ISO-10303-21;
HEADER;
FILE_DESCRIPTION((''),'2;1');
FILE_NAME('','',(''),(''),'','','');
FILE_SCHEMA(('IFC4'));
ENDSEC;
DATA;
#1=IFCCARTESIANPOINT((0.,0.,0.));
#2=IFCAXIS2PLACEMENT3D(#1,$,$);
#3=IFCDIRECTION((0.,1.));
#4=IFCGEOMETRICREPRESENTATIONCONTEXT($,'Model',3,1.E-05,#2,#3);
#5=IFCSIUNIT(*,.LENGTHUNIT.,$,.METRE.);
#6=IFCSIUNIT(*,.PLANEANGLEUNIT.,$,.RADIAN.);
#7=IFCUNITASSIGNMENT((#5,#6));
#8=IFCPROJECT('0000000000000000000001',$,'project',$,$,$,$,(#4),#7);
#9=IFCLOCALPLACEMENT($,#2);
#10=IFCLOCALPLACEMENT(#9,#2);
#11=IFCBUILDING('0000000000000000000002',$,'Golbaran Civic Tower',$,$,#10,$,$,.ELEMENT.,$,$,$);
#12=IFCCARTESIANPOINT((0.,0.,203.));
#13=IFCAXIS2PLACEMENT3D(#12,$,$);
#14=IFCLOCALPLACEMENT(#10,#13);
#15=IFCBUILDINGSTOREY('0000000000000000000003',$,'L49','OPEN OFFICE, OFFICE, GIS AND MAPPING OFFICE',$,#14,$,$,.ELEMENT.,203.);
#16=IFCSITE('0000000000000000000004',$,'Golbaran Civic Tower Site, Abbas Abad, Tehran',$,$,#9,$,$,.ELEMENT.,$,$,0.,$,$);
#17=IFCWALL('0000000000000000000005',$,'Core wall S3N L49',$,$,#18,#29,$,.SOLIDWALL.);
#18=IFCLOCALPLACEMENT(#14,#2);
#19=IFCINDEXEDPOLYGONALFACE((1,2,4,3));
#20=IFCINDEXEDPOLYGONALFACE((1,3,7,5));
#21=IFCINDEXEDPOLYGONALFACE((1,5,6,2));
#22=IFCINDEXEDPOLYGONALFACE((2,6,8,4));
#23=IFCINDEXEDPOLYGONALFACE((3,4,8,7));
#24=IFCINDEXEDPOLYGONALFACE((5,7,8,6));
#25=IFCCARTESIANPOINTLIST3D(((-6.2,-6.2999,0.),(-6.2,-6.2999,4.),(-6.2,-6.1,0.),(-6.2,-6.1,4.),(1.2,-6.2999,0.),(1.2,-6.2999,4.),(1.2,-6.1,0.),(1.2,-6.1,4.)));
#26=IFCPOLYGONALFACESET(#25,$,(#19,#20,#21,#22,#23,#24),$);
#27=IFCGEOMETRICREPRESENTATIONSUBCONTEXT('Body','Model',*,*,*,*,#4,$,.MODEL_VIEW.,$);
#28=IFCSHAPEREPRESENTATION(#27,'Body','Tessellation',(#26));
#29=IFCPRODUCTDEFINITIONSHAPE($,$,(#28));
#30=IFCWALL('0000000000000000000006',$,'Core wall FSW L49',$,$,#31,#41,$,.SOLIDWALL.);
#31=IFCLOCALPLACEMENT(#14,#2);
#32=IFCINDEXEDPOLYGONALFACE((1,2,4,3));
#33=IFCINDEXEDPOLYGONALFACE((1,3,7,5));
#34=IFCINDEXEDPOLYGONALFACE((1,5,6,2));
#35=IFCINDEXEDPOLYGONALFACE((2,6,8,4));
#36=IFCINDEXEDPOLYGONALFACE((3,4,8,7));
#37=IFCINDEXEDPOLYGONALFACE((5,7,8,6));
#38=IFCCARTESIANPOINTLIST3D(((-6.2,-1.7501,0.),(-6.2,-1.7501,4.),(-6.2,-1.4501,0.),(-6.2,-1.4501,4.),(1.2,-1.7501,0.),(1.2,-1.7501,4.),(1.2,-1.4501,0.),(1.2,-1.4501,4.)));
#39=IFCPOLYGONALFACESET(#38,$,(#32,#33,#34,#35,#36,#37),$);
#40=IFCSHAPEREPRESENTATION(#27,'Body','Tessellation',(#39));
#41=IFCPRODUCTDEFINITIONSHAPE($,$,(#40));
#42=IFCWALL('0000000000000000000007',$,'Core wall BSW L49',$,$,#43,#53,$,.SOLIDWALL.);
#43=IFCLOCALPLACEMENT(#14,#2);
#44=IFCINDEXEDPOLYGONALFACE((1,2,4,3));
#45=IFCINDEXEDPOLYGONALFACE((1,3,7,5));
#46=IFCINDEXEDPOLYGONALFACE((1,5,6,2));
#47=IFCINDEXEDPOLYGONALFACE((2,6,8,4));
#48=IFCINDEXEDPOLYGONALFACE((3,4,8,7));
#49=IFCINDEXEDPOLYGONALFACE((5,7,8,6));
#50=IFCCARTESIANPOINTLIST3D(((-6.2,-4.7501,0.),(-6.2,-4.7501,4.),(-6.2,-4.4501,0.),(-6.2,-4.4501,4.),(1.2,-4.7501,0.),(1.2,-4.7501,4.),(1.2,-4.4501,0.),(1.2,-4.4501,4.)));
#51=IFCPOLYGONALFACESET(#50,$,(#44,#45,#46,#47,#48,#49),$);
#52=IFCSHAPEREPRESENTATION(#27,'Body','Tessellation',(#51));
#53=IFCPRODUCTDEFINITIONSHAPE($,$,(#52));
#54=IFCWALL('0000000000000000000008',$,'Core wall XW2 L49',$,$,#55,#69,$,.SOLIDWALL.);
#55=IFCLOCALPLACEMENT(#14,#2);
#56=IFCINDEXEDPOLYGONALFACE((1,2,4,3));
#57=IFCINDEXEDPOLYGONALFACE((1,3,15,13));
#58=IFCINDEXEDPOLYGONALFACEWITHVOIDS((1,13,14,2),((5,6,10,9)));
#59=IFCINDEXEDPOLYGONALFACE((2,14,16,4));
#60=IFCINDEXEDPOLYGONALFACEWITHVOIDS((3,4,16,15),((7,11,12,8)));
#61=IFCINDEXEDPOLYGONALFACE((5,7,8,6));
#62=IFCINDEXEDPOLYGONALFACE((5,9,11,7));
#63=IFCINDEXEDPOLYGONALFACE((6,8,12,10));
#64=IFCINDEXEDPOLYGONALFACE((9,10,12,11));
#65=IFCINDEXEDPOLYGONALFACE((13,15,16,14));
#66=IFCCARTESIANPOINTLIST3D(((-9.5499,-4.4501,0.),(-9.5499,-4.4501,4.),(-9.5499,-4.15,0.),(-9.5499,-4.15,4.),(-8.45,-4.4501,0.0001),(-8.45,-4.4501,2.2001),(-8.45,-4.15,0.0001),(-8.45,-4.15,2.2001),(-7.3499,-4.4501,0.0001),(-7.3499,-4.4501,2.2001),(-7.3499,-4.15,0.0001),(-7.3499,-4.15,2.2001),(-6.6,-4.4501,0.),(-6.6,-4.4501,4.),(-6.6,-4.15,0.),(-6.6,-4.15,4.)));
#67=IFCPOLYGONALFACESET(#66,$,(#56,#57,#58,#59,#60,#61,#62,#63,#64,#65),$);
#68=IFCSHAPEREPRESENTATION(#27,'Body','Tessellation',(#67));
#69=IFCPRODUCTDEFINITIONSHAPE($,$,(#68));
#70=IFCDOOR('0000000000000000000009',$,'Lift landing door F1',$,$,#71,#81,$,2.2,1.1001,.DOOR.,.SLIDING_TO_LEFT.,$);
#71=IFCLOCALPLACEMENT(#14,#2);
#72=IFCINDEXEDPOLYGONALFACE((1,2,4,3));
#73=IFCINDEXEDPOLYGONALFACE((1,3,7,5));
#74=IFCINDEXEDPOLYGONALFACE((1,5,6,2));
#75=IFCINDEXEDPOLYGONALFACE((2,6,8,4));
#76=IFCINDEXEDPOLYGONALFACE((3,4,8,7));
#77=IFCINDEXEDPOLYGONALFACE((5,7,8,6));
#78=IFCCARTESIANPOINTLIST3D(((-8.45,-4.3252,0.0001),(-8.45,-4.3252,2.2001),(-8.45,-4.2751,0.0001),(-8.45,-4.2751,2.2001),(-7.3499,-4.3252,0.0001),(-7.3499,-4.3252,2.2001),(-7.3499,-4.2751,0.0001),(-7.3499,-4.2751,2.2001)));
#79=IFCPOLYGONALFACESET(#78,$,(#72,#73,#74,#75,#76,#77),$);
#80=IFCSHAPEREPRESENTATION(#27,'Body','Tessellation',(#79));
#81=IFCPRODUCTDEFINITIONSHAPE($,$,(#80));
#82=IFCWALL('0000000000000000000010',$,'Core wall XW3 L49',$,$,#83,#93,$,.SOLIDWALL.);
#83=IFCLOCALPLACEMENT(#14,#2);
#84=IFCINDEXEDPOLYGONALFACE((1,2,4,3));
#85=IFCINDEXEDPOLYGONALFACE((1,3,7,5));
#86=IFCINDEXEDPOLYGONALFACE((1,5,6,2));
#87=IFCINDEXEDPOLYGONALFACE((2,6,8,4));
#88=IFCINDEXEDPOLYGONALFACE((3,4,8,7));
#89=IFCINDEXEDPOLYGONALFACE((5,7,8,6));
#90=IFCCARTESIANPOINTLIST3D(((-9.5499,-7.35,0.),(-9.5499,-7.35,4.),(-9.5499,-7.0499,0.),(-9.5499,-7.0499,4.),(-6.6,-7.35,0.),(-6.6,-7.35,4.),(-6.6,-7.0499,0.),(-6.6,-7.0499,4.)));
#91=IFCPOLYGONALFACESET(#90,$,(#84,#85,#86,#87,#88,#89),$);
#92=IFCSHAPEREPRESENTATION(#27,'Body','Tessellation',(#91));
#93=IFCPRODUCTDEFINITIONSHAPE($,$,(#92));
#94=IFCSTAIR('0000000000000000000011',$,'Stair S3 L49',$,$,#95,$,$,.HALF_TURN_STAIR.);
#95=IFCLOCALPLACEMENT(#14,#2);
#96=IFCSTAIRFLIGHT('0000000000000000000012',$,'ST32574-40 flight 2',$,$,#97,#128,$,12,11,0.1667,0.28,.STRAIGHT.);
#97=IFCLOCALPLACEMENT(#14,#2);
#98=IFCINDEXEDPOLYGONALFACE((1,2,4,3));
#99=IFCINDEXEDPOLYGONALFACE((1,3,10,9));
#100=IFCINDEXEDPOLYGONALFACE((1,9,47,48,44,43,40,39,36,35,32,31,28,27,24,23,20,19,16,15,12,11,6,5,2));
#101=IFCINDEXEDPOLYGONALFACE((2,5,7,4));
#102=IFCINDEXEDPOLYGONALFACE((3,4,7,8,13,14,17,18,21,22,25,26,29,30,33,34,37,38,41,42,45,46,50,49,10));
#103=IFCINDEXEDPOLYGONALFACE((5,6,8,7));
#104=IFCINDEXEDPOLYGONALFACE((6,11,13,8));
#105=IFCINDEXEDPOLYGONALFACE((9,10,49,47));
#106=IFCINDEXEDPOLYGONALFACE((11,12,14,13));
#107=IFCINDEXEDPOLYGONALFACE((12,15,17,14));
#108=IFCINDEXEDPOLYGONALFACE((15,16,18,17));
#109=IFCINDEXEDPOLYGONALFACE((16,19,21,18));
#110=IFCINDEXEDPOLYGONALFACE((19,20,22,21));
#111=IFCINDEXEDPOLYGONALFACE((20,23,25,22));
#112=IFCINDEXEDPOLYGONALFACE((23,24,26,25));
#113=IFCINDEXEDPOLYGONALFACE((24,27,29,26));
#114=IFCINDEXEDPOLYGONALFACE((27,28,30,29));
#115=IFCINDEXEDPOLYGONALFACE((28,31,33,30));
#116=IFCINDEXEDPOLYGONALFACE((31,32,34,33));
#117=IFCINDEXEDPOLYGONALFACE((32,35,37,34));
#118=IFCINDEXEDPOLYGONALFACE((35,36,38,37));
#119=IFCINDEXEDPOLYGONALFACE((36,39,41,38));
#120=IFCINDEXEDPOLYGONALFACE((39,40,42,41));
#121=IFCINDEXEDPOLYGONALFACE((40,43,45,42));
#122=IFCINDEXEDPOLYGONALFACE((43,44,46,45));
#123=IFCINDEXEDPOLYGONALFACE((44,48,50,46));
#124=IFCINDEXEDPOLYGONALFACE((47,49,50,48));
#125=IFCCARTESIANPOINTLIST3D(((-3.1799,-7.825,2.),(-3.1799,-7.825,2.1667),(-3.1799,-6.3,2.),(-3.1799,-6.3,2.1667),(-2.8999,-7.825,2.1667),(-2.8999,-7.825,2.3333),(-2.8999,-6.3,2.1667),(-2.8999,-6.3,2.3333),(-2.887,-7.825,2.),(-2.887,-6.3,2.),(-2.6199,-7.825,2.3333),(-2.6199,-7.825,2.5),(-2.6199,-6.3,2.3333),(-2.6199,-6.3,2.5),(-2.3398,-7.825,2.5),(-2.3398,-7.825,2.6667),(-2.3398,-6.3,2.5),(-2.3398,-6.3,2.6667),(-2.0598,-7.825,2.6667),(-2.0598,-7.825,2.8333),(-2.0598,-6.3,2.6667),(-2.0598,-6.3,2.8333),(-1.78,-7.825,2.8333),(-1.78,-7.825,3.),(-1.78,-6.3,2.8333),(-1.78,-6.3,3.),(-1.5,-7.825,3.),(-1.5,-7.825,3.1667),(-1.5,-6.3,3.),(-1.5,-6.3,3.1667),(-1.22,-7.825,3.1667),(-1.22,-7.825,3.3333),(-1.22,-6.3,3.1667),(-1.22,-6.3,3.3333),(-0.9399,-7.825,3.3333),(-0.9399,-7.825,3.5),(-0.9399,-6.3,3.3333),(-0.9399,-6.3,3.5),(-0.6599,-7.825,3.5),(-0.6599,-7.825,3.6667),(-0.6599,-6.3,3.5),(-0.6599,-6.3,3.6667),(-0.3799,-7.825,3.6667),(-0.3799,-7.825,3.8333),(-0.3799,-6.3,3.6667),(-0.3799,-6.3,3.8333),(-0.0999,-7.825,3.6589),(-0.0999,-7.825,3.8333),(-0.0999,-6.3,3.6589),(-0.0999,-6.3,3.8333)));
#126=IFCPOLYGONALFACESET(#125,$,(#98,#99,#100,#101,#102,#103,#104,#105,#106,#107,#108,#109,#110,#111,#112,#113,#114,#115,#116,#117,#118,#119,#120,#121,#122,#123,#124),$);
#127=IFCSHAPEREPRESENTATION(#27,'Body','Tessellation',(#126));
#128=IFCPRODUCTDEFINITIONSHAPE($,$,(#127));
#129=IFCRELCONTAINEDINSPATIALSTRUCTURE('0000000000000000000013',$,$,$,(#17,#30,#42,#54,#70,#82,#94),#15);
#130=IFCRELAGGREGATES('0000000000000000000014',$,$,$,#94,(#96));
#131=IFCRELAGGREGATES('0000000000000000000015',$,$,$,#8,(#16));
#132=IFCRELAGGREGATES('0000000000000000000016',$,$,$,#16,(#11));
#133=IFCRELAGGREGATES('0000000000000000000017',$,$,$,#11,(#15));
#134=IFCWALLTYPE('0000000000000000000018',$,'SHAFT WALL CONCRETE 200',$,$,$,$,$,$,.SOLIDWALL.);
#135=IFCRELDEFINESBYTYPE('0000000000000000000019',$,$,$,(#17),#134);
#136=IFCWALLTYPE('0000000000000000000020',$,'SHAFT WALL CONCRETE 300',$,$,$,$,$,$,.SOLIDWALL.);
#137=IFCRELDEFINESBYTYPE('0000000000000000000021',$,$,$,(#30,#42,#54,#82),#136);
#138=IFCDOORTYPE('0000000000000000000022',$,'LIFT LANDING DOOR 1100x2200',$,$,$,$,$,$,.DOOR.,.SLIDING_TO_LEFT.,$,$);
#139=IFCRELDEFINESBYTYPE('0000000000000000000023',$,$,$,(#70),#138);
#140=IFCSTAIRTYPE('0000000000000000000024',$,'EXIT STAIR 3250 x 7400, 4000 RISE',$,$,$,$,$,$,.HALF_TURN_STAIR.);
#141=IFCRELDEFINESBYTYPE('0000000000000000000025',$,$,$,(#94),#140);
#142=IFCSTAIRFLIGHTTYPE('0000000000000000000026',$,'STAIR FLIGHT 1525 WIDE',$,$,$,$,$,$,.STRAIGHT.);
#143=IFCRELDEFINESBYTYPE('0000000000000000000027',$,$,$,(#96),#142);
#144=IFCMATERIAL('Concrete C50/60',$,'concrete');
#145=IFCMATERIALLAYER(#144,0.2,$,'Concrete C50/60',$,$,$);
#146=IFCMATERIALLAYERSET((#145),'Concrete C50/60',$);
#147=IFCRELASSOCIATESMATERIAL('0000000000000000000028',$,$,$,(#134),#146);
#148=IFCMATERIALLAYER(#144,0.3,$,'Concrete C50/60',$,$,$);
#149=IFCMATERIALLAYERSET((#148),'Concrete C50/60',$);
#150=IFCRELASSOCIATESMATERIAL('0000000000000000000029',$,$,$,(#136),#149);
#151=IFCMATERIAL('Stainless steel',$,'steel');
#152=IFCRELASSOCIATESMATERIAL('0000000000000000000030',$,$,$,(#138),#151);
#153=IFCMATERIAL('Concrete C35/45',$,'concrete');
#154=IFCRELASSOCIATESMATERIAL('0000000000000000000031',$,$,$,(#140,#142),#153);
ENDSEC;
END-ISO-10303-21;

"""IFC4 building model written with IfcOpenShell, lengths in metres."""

from ifc_helpers import new_model, si_unit, direction, frame, frame_2d, origin, place, context, subcontext, project, spatial, polyline, rectangle, outline, extrude, material, layer, layer_set, type_object, element, fill, aggregate, save


model = new_model("IFC4")

# Units and contexts
model_context = context("Model", 3, precision=1e-05, world=origin(), true_north=direction((0.0, 1.0)))
body_context = subcontext(model_context, "Body", "Model", "MODEL_VIEW")
ifc_project = project(units=[si_unit("LENGTHUNIT", "METRE"), si_unit("PLANEANGLEUNIT", "RADIAN")], contexts=[model_context])

# Site, building, storey
site_placement = place(None, origin())
site = spatial("IfcSite", under=ifc_project, at=site_placement, Name="Golbaran Civic Tower Site, Abbas Abad, Tehran", CompositionType="ELEMENT", RefElevation=0.0)
building_placement = place(site_placement, origin())
building = spatial("IfcBuilding", under=site, at=building_placement, Name="Golbaran Civic Tower", CompositionType="ELEMENT")
storey_placement = place(building_placement, frame((0.0, 0.0, 203.0)))
storey = spatial("IfcBuildingStorey", under=building, at=storey_placement, Name="L49", Description="OPEN OFFICE, OFFICE, GIS AND MAPPING OFFICE", CompositionType="ELEMENT", Elevation=203.0)

# Shared definitions
ifc_material_1 = material(Name="Concrete C35/45", Category="concrete")

# Walls
ifc_material_2 = material(Name="Concrete C50/60", Category="concrete")
ifc_layer_1 = layer(ifc_material_2, 0.2, Name="Concrete C50/60")
ifc_layer_set_1 = layer_set([ifc_layer_1], Name="Concrete C50/60")
wall_type_1 = type_object("IfcWallType", Name="SHAFT WALL CONCRETE 200", PredefinedType="SOLIDWALL", material=ifc_layer_set_1)
wall_1_placement = place(storey_placement, frame((-6.2, -6.2, 0.0), z_axis=(0.0, 0.0, 1.0), x_axis=(1.0, 0.0, 0.0)))
element("IfcWall", 1, at=wall_1_placement, inside=storey, type_object=wall_type_1, Name="Core wall S3N L49", PredefinedType="SOLIDWALL", context=body_context, shape_type="SweptSolid", body=[
    extrude(rectangle(XDim=7.3999, YDim=0.2, at=frame_2d((3.7, 0.0))), origin(), (0.0, 0.0, 1.0), 4.0),
])
ifc_layer_2 = layer(ifc_material_2, 0.3, Name="Concrete C50/60")
ifc_layer_set_2 = layer_set([ifc_layer_2], Name="Concrete C50/60")
wall_type_2 = type_object("IfcWallType", Name="SHAFT WALL CONCRETE 300", PredefinedType="SOLIDWALL", material=ifc_layer_set_2)
for number, where, z_axis, x_axis, name in (
    (2, (-6.2, -1.6001, 0.0), (0.0, 0.0, 1.0), (1.0, 0.0, 0.0), "Core wall FSW L49"),
    (3, (-6.2, -4.6001, 0.0), (0.0, 0.0, 1.0), (1.0, 0.0, 0.0), "Core wall BSW L49"),
):
    element("IfcWall", number, at=place(storey_placement, frame(where, z_axis=z_axis, x_axis=x_axis)), inside=storey, type_object=wall_type_2, Name=name, PredefinedType="SOLIDWALL", context=body_context, shape_type="SweptSolid", body=[
        extrude(rectangle(XDim=7.3999, YDim=0.3, at=frame_2d((3.7, 0.0))), origin(), (0.0, 0.0, 1.0), 4.0),
    ])

# Wall, opening, door
wall_2_placement = place(storey_placement, frame((-9.55, -4.3, 0.0), z_axis=(0.0, 0.0, 1.0), x_axis=(1.0, 0.0, 0.0)))
wall_2 = element("IfcWall", 4, at=wall_2_placement, inside=storey, type_object=wall_type_2, Name="Core wall XW2 L49", PredefinedType="SOLIDWALL", context=body_context, shape_type="SweptSolid", body=[
    extrude(rectangle(XDim=2.95, YDim=0.3, at=frame_2d((1.4751, 0.0))), origin(), (0.0, 0.0, 1.0), 4.0),
])
opening_placement = place(wall_2_placement, frame((1.1001, 0.0, 0.0)))
opening = element("IfcOpeningElement", 5, at=opening_placement, cuts=wall_2, PredefinedType="OPENING", context=body_context, shape_type="SweptSolid", body=[
    extrude(rectangle(XDim=1.1001, YDim=2.2, at=frame_2d((0.55, 1.1001))), frame((0.0, 0.1599, 0.0), z_axis=(0.0, -1.0, 0.0), x_axis=(1.0, 0.0, 0.0)), (0.0, 0.0, 1.0), 0.3201),
])
ifc_material_3 = material(Name="Stainless steel", Category="steel")
door_type = type_object("IfcDoorType", Name="LIFT LANDING DOOR 1100x2200", OperationType="SLIDING_TO_LEFT", PredefinedType="DOOR", material=ifc_material_3)
door_placement = place(opening_placement, origin())
door = element("IfcDoor", 6, at=door_placement, inside=storey, type_object=door_type, Name="Lift landing door F1", OperationType="SLIDING_TO_LEFT", OverallHeight=2.2, OverallWidth=1.1001, PredefinedType="DOOR", context=body_context, shape_type="SweptSolid", body=[
    extrude(rectangle(XDim=1.1001, YDim=2.2, at=frame_2d((0.55, 1.1001))), frame((0.0, 0.0249, 0.0), z_axis=(0.0, -1.0, 0.0), x_axis=(1.0, 0.0, 0.0)), (0.0, 0.0, 1.0), 0.05),
])
fill(opening, door)

# Wall
wall_3_placement = place(storey_placement, frame((-9.55, -7.2, 0.0), z_axis=(0.0, 0.0, 1.0), x_axis=(1.0, 0.0, 0.0)))
element("IfcWall", 7, at=wall_3_placement, inside=storey, type_object=wall_type_2, Name="Core wall XW3 L49", PredefinedType="SOLIDWALL", context=body_context, shape_type="SweptSolid", body=[
    extrude(rectangle(XDim=2.95, YDim=0.3, at=frame_2d((1.4751, 0.0))), origin(), (0.0, 0.0, 1.0), 4.0),
])

# Stair, stair flight
stair_type_1 = type_object("IfcStairType", Name="EXIT STAIR 3250 x 7400, 4000 RISE", PredefinedType="HALF_TURN_STAIR", material=ifc_material_1)
stair_1_placement = place(storey_placement, origin())
stair_1 = element("IfcStair", 8, at=stair_1_placement, inside=storey, type_object=stair_type_1, Name="Stair S3 L49", PredefinedType="HALF_TURN_STAIR")
stair_flight_type = type_object("IfcStairFlightType", Name="STAIR FLIGHT 1525 WIDE", PredefinedType="STRAIGHT", material=ifc_material_1)
stair_flight_placement = place(storey_placement, frame((-3.1799, -7.0625, 2.0), z_axis=(0.0, 0.0, 1.0), x_axis=(1.0, 0.0, 0.0)))
stair_flight = element("IfcStairFlight", 9, at=stair_flight_placement, type_object=stair_flight_type, Name="ST32574-40 flight 2", NumberOfRisers=12, NumberOfTreads=11, PredefinedType="STRAIGHT", RiserHeight=0.1667, TreadLength=0.28, context=body_context, shape_type="SweptSolid", body=[
    extrude(outline(polyline([(0.0, 0.0), (0.0, 0.1667), (0.28, 0.1667), (0.28, 0.3333), (0.5601, 0.3333), (0.5601, 0.5), (0.8401, 0.5), (0.8401, 0.6667), (1.1201, 0.6667), (1.1201, 0.8333), (1.3999, 0.8333), (1.3999, 1.0), (1.6799, 1.0), (1.6799, 1.1667), (1.96, 1.1667), (1.96, 1.3333), (2.24, 1.3333), (2.24, 1.5), (2.52, 1.5), (2.52, 1.6667), (2.8, 1.6667), (2.8, 1.8333), (3.0801, 1.8333), (3.0801, 2.0), (3.0801, 1.6589), (0.293, 0.0), (0.0, 0.0)])), frame((0.0, 0.7625, 0.0), z_axis=(0.0, -1.0, 0.0), x_axis=(1.0, 0.0, 0.0)), (0.0, 0.0, 1.0), 1.5249),
])
aggregate(stair_1, [stair_flight])

save(model, "model.ifc")
